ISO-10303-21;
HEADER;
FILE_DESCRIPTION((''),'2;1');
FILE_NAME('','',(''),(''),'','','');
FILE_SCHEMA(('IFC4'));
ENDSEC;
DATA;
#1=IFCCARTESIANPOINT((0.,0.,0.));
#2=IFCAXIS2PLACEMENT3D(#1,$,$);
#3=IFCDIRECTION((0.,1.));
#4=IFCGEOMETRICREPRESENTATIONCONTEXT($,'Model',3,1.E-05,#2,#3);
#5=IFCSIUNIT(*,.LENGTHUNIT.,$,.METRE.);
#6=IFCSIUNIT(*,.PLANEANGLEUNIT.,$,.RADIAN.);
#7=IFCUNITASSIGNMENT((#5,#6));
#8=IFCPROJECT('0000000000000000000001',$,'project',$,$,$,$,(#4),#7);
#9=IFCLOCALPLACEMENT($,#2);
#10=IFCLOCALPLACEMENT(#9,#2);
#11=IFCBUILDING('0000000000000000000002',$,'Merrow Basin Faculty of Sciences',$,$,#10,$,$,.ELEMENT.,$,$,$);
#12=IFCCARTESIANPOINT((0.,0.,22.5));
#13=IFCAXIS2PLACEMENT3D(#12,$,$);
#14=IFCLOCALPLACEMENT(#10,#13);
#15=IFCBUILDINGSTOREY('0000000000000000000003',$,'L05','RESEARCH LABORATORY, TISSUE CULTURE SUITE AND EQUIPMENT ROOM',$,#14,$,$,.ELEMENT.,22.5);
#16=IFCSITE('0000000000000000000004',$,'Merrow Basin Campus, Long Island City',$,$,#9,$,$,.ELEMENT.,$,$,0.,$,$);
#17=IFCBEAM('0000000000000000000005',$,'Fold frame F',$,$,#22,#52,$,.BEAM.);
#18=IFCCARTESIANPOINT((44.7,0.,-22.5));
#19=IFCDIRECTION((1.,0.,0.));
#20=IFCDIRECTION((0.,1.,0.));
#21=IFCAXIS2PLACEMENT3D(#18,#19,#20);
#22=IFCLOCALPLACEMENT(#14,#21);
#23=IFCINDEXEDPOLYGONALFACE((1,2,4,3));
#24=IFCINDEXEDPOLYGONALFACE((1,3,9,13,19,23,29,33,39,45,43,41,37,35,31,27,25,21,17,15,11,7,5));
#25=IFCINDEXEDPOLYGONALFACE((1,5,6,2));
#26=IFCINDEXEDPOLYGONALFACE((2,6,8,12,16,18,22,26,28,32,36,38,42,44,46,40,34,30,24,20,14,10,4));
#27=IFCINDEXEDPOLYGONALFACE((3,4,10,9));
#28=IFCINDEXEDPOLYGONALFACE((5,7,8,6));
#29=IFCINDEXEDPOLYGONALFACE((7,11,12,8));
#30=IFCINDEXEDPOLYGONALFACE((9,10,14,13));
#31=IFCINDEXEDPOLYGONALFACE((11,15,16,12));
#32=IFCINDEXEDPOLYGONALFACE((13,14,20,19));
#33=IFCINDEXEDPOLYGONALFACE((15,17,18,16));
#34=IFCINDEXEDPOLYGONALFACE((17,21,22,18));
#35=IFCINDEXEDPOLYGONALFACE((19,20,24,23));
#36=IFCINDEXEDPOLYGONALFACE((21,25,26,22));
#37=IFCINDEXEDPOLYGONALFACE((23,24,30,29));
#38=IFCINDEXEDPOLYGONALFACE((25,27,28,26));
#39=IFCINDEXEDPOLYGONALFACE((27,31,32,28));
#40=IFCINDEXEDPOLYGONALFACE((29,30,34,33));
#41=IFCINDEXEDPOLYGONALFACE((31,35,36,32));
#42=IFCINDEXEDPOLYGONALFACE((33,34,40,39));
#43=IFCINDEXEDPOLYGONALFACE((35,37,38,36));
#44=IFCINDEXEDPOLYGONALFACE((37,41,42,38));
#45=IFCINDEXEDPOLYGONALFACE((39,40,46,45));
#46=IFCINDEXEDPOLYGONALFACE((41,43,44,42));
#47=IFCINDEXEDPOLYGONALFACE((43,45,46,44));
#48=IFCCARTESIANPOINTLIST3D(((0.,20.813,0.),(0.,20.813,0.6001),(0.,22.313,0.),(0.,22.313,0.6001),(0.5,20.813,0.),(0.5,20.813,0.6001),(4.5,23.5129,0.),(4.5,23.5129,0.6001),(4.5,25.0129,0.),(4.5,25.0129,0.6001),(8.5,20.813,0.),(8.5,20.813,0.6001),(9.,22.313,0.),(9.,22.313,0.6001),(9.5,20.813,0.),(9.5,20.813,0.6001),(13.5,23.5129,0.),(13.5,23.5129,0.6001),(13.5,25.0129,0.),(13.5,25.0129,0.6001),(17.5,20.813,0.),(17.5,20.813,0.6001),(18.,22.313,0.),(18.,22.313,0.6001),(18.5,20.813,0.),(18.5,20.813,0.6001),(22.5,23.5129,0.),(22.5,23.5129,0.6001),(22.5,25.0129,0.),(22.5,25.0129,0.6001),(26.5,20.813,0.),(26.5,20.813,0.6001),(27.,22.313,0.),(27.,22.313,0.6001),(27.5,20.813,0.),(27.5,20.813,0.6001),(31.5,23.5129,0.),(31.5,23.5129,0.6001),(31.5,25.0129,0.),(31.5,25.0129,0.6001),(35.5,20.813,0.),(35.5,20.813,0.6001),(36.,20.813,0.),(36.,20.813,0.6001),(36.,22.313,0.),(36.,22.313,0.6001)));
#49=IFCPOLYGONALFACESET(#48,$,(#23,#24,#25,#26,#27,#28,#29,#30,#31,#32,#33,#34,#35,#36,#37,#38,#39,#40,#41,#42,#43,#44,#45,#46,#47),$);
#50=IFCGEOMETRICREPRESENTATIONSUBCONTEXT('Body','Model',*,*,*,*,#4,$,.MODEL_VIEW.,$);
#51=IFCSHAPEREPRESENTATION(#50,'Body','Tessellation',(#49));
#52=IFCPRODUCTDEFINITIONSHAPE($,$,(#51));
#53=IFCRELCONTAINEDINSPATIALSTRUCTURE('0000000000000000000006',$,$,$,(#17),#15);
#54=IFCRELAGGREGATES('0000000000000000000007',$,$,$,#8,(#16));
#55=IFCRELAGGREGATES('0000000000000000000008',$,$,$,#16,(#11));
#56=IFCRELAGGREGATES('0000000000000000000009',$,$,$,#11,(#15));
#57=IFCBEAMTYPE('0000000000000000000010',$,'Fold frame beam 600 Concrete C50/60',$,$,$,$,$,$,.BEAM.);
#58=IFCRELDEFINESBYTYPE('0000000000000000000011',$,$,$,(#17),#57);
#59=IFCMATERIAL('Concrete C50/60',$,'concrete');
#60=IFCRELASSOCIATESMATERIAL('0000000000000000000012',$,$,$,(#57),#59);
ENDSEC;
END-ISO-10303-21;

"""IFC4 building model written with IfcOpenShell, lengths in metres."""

from ifc_helpers import new_model, si_unit, direction, frame, origin, place, context, subcontext, project, spatial, polyline, outline, extrude, material, type_object, element, save


model = new_model("IFC4")

# Units and contexts
model_context = context("Model", 3, precision=1e-05, world=origin(), true_north=direction((0.0, 1.0)))
body_context = subcontext(model_context, "Body", "Model", "MODEL_VIEW")
ifc_project = project(units=[si_unit("LENGTHUNIT", "METRE"), si_unit("PLANEANGLEUNIT", "RADIAN")], contexts=[model_context])

# Site, building, storey
site_placement = place(None, origin())
site = spatial("IfcSite", under=ifc_project, at=site_placement, Name="Merrow Basin Campus, Long Island City", CompositionType="ELEMENT", RefElevation=0.0)
building_placement = place(site_placement, origin())
building = spatial("IfcBuilding", under=site, at=building_placement, Name="Merrow Basin Faculty of Sciences", CompositionType="ELEMENT")
storey_placement = place(building_placement, frame((0.0, 0.0, 22.5)))
storey = spatial("IfcBuildingStorey", under=building, at=storey_placement, Name="L05", Description="RESEARCH LABORATORY, TISSUE CULTURE SUITE AND EQUIPMENT ROOM", CompositionType="ELEMENT", Elevation=22.5)

# Beam
ifc_material_1 = material(Name="Concrete C50/60", Category="concrete")
beam_type = type_object("IfcBeamType", Name="Fold frame beam 600 Concrete C50/60", PredefinedType="BEAM", material=ifc_material_1)
beam_placement = place(storey_placement, frame((44.7, 0.0, -22.5), z_axis=(1.0, 0.0, 0.0), x_axis=(0.0, 1.0, 0.0)))
element("IfcBeam", 1, at=beam_placement, inside=storey, type_object=beam_type, Name="Fold frame F", PredefinedType="BEAM", context=body_context, shape_type="SweptSolid", body=[
    extrude(outline(polyline([(0.0, 22.313), (4.5, 25.0129), (9.0, 22.313), (13.5, 25.0129), (18.0, 22.313), (22.5, 25.0129), (27.0, 22.313), (31.5, 25.0129), (36.0, 22.313), (36.0, 20.813), (35.5, 20.813), (31.5, 23.5129), (27.5, 20.813), (26.5, 20.813), (22.5, 23.5129), (18.5, 20.813), (17.5, 20.813), (13.5, 23.5129), (9.5, 20.813), (8.5, 20.813), (4.5, 23.5129), (0.5, 20.813), (0.0, 20.813), (0.0, 22.313)])), origin(), (0.0, 0.0, 1.0), 0.6001),
])

save(model, "model.ifc")
